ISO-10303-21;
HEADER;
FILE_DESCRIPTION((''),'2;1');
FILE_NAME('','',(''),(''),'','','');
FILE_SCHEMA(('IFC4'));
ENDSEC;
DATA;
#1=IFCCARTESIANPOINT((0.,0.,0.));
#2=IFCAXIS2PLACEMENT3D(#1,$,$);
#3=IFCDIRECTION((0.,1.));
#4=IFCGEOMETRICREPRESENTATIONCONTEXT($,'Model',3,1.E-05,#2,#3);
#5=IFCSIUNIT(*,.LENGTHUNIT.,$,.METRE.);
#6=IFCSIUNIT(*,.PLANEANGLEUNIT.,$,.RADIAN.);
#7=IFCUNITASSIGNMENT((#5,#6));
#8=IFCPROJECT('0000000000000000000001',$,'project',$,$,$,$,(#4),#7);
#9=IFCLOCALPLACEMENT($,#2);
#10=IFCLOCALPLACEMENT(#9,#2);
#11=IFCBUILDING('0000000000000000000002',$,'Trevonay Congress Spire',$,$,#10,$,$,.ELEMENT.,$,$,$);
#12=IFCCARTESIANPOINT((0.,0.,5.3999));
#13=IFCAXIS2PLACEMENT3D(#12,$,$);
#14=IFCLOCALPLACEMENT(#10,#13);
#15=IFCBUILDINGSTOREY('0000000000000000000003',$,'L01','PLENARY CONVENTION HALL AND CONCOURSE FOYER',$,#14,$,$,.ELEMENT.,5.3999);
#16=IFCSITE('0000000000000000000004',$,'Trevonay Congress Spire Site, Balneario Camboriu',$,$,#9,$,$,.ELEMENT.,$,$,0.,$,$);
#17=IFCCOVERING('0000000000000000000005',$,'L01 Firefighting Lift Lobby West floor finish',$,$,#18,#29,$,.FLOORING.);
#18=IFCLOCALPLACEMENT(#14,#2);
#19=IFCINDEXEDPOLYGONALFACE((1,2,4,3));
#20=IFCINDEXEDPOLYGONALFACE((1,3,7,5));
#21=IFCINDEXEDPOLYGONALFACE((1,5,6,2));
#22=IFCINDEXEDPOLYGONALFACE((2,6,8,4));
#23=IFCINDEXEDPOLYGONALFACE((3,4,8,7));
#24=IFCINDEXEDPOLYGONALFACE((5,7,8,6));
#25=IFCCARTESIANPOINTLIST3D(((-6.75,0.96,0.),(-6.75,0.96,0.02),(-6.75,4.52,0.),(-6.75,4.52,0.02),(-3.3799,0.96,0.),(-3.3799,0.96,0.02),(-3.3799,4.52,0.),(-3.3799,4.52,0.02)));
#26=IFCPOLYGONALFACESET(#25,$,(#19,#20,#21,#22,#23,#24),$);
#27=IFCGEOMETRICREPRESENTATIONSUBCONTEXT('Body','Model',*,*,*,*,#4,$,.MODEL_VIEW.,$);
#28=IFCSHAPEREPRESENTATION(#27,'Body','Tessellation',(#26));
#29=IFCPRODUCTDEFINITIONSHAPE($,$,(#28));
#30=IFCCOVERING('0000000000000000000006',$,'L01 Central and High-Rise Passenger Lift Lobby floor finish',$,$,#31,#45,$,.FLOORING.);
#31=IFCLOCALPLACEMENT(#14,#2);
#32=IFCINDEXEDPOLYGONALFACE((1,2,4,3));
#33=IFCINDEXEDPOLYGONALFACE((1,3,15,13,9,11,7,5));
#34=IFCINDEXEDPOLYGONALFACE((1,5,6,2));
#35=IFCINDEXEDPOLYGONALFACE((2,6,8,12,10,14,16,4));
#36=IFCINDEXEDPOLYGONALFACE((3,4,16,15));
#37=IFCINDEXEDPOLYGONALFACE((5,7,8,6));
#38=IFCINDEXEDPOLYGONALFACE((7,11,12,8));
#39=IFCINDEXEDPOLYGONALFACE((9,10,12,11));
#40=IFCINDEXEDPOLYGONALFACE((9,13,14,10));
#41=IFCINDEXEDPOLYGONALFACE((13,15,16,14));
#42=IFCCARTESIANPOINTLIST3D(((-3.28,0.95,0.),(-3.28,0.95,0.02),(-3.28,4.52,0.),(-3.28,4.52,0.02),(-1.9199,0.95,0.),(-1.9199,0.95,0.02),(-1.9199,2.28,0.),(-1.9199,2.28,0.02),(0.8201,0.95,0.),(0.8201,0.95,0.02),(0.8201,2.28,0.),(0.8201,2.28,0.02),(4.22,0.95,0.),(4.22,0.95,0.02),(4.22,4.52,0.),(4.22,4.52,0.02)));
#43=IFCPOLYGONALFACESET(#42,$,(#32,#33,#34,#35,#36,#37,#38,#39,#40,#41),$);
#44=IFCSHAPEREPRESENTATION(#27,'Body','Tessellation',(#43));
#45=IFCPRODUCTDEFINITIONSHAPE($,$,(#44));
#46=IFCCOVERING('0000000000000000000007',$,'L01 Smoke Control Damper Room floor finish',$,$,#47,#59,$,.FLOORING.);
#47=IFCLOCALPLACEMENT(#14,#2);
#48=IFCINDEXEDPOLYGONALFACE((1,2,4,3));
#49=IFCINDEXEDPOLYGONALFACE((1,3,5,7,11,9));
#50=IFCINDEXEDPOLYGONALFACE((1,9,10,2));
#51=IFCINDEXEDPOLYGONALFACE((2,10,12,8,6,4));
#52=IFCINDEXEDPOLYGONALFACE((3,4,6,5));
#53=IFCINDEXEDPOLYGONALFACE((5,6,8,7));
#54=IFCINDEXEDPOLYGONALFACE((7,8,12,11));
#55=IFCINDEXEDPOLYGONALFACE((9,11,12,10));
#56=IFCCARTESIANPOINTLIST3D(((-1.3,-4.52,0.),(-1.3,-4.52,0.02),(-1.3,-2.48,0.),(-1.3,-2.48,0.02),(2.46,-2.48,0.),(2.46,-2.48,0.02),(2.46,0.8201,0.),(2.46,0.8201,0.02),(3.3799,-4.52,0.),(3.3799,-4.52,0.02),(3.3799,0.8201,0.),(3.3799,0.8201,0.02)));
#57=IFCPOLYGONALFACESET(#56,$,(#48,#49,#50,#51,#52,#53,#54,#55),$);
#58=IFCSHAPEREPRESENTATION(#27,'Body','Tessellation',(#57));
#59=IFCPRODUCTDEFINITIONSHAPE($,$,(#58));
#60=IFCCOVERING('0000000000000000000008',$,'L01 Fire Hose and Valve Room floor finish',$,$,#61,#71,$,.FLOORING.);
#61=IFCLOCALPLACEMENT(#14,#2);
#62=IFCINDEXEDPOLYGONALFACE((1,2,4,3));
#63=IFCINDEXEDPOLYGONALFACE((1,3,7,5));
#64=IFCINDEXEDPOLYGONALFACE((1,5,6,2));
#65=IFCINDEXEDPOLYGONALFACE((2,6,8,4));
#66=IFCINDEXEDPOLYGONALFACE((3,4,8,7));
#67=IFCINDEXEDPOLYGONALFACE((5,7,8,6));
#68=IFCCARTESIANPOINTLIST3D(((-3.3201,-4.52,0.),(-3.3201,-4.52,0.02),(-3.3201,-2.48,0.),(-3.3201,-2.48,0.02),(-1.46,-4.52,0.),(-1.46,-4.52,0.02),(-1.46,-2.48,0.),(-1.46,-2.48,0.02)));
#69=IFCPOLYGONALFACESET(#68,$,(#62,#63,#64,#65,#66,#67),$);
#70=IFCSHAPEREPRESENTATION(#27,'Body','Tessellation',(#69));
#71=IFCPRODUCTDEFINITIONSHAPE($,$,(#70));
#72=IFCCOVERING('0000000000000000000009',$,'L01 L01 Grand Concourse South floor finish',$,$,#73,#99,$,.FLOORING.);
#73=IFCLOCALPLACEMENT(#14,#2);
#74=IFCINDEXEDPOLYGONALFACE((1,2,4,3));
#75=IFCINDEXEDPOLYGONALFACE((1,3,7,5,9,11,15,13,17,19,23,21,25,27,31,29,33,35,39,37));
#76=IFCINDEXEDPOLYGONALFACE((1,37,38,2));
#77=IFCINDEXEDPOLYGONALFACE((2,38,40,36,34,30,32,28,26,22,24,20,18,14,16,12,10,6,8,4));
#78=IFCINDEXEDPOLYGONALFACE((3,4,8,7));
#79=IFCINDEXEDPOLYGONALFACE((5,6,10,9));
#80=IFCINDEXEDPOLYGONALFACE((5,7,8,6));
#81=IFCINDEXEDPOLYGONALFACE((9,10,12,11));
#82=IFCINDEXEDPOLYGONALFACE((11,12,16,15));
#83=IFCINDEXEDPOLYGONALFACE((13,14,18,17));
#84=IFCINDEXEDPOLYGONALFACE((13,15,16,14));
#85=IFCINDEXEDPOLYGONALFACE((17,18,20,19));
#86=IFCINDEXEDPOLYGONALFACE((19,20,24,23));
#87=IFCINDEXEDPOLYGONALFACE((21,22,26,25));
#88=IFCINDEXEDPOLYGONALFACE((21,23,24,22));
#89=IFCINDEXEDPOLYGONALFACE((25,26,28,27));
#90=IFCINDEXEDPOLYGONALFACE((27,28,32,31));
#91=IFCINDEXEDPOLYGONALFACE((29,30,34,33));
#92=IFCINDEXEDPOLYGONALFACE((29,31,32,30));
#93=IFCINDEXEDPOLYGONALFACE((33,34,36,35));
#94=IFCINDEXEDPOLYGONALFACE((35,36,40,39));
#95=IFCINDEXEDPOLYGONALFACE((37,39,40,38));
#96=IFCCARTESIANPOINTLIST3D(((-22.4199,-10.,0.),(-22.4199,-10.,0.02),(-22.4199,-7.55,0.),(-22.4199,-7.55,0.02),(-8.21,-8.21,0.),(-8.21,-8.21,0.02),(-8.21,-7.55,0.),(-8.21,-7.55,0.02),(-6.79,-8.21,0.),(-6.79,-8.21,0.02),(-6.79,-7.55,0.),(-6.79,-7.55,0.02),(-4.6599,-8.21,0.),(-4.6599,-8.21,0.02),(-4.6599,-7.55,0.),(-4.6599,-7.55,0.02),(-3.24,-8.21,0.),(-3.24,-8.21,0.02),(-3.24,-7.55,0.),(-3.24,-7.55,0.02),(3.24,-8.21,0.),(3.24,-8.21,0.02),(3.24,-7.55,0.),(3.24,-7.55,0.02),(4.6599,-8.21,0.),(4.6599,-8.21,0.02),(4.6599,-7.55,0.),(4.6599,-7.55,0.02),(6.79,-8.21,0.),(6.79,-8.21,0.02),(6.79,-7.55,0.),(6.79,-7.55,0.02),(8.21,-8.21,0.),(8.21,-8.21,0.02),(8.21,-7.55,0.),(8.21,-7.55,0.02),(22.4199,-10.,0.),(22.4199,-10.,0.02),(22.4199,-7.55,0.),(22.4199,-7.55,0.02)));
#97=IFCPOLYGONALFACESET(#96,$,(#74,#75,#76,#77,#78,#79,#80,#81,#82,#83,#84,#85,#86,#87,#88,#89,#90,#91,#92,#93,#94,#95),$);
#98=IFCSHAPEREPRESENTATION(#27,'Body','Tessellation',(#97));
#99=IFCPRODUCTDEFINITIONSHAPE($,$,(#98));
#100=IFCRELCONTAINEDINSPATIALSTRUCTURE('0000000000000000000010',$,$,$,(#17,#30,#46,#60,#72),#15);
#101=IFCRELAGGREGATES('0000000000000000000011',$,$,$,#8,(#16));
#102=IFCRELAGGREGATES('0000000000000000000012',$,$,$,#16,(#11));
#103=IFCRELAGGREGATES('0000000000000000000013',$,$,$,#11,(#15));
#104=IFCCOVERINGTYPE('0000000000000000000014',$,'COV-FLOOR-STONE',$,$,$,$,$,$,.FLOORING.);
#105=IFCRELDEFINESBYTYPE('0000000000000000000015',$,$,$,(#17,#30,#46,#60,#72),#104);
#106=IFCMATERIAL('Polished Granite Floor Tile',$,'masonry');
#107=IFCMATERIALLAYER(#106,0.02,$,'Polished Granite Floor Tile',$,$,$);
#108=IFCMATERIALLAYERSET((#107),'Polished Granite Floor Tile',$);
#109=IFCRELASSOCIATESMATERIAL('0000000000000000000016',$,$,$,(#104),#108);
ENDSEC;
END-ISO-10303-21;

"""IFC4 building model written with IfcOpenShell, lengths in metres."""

from ifc_helpers import new_model, si_unit, direction, frame, origin, place, context, subcontext, project, spatial, polyline, outline, extrude, material, layer, layer_set, type_object, element, save


model = new_model("IFC4")

# Units and contexts
model_context = context("Model", 3, precision=1e-05, world=origin(), true_north=direction((0.0, 1.0)))
body_context = subcontext(model_context, "Body", "Model", "MODEL_VIEW")
ifc_project = project(units=[si_unit("LENGTHUNIT", "METRE"), si_unit("PLANEANGLEUNIT", "RADIAN")], contexts=[model_context])

# Site, building, storey
site_placement = place(None, origin())
site = spatial("IfcSite", under=ifc_project, at=site_placement, Name="Trevonay Congress Spire Site, Balneario Camboriu", CompositionType="ELEMENT", RefElevation=0.0)
building_placement = place(site_placement, origin())
building = spatial("IfcBuilding", under=site, at=building_placement, Name="Trevonay Congress Spire", CompositionType="ELEMENT")
storey_placement = place(building_placement, frame((0.0, 0.0, 5.3999)))
storey = spatial("IfcBuildingStorey", under=building, at=storey_placement, Name="L01", Description="PLENARY CONVENTION HALL AND CONCOURSE FOYER", CompositionType="ELEMENT", Elevation=5.3999)

# Coverings
ifc_material_1 = material(Name="Polished Granite Floor Tile", Category="masonry")
ifc_layer_1 = layer(ifc_material_1, 0.02, Name="Polished Granite Floor Tile")
ifc_layer_set_1 = layer_set([ifc_layer_1], Name="Polished Granite Floor Tile")
covering_type_1 = type_object("IfcCoveringType", Name="COV-FLOOR-STONE", PredefinedType="FLOORING", material=ifc_layer_set_1)
covering_1_placement = place(storey_placement, origin())
element("IfcCovering", 1, at=covering_1_placement, inside=storey, type_object=covering_type_1, Name="L01 Firefighting Lift Lobby West floor finish", PredefinedType="FLOORING", context=body_context, shape_type="SweptSolid", body=[
    extrude(outline(polyline([(-6.75, 0.96), (-3.3799, 0.96), (-3.3799, 4.52), (-6.75, 4.52), (-6.75, 0.96)])), origin(), (0.0, 0.0, 1.0), 0.02),
])
covering_2_placement = place(storey_placement, origin())
element("IfcCovering", 2, at=covering_2_placement, inside=storey, type_object=covering_type_1, Name="L01 Central and High-Rise Passenger Lift Lobby floor finish", PredefinedType="FLOORING", context=body_context, shape_type="SweptSolid", body=[
    extrude(outline(polyline([(-3.28, 0.95), (-1.9199, 0.95), (-1.9199, 2.28), (0.8201, 2.28), (0.8201, 0.95), (4.22, 0.95), (4.22, 4.52), (-3.28, 4.52), (-3.28, 0.95)])), origin(), (0.0, 0.0, 1.0), 0.02),
])
covering_3_placement = place(storey_placement, origin())
element("IfcCovering", 3, at=covering_3_placement, inside=storey, type_object=covering_type_1, Name="L01 Smoke Control Damper Room floor finish", PredefinedType="FLOORING", context=body_context, shape_type="SweptSolid", body=[
    extrude(outline(polyline([(-1.3, -4.52), (3.3799, -4.52), (3.3799, 0.8201), (2.46, 0.8201), (2.46, -2.48), (-1.3, -2.48), (-1.3, -4.52)])), origin(), (0.0, 0.0, 1.0), 0.02),
])
covering_4_placement = place(storey_placement, origin())
element("IfcCovering", 4, at=covering_4_placement, inside=storey, type_object=covering_type_1, Name="L01 Fire Hose and Valve Room floor finish", PredefinedType="FLOORING", context=body_context, shape_type="SweptSolid", body=[
    extrude(outline(polyline([(-3.3201, -4.52), (-1.46, -4.52), (-1.46, -2.48), (-3.3201, -2.48), (-3.3201, -4.52)])), origin(), (0.0, 0.0, 1.0), 0.02),
])
covering_5_placement = place(storey_placement, origin())
element("IfcCovering", 5, at=covering_5_placement, inside=storey, type_object=covering_type_1, Name="L01 L01 Grand Concourse South floor finish", PredefinedType="FLOORING", context=body_context, shape_type="SweptSolid", body=[
    extrude(outline(polyline([(22.4199, -7.55), (22.4199, -10.0), (-22.4199, -10.0), (-22.4199, -7.55), (-8.21, -7.55), (-8.21, -8.21), (-6.79, -8.21), (-6.79, -7.55), (-4.6599, -7.55), (-4.6599, -8.21), (-3.24, -8.21), (-3.24, -7.55), (3.24, -7.55), (3.24, -8.21), (4.6599, -8.21), (4.6599, -7.55), (6.79, -7.55), (6.79, -8.21), (8.21, -8.21), (8.21, -7.55), (22.4199, -7.55)])), origin(), (0.0, 0.0, 1.0), 0.02),
])

save(model, "model.ifc")
